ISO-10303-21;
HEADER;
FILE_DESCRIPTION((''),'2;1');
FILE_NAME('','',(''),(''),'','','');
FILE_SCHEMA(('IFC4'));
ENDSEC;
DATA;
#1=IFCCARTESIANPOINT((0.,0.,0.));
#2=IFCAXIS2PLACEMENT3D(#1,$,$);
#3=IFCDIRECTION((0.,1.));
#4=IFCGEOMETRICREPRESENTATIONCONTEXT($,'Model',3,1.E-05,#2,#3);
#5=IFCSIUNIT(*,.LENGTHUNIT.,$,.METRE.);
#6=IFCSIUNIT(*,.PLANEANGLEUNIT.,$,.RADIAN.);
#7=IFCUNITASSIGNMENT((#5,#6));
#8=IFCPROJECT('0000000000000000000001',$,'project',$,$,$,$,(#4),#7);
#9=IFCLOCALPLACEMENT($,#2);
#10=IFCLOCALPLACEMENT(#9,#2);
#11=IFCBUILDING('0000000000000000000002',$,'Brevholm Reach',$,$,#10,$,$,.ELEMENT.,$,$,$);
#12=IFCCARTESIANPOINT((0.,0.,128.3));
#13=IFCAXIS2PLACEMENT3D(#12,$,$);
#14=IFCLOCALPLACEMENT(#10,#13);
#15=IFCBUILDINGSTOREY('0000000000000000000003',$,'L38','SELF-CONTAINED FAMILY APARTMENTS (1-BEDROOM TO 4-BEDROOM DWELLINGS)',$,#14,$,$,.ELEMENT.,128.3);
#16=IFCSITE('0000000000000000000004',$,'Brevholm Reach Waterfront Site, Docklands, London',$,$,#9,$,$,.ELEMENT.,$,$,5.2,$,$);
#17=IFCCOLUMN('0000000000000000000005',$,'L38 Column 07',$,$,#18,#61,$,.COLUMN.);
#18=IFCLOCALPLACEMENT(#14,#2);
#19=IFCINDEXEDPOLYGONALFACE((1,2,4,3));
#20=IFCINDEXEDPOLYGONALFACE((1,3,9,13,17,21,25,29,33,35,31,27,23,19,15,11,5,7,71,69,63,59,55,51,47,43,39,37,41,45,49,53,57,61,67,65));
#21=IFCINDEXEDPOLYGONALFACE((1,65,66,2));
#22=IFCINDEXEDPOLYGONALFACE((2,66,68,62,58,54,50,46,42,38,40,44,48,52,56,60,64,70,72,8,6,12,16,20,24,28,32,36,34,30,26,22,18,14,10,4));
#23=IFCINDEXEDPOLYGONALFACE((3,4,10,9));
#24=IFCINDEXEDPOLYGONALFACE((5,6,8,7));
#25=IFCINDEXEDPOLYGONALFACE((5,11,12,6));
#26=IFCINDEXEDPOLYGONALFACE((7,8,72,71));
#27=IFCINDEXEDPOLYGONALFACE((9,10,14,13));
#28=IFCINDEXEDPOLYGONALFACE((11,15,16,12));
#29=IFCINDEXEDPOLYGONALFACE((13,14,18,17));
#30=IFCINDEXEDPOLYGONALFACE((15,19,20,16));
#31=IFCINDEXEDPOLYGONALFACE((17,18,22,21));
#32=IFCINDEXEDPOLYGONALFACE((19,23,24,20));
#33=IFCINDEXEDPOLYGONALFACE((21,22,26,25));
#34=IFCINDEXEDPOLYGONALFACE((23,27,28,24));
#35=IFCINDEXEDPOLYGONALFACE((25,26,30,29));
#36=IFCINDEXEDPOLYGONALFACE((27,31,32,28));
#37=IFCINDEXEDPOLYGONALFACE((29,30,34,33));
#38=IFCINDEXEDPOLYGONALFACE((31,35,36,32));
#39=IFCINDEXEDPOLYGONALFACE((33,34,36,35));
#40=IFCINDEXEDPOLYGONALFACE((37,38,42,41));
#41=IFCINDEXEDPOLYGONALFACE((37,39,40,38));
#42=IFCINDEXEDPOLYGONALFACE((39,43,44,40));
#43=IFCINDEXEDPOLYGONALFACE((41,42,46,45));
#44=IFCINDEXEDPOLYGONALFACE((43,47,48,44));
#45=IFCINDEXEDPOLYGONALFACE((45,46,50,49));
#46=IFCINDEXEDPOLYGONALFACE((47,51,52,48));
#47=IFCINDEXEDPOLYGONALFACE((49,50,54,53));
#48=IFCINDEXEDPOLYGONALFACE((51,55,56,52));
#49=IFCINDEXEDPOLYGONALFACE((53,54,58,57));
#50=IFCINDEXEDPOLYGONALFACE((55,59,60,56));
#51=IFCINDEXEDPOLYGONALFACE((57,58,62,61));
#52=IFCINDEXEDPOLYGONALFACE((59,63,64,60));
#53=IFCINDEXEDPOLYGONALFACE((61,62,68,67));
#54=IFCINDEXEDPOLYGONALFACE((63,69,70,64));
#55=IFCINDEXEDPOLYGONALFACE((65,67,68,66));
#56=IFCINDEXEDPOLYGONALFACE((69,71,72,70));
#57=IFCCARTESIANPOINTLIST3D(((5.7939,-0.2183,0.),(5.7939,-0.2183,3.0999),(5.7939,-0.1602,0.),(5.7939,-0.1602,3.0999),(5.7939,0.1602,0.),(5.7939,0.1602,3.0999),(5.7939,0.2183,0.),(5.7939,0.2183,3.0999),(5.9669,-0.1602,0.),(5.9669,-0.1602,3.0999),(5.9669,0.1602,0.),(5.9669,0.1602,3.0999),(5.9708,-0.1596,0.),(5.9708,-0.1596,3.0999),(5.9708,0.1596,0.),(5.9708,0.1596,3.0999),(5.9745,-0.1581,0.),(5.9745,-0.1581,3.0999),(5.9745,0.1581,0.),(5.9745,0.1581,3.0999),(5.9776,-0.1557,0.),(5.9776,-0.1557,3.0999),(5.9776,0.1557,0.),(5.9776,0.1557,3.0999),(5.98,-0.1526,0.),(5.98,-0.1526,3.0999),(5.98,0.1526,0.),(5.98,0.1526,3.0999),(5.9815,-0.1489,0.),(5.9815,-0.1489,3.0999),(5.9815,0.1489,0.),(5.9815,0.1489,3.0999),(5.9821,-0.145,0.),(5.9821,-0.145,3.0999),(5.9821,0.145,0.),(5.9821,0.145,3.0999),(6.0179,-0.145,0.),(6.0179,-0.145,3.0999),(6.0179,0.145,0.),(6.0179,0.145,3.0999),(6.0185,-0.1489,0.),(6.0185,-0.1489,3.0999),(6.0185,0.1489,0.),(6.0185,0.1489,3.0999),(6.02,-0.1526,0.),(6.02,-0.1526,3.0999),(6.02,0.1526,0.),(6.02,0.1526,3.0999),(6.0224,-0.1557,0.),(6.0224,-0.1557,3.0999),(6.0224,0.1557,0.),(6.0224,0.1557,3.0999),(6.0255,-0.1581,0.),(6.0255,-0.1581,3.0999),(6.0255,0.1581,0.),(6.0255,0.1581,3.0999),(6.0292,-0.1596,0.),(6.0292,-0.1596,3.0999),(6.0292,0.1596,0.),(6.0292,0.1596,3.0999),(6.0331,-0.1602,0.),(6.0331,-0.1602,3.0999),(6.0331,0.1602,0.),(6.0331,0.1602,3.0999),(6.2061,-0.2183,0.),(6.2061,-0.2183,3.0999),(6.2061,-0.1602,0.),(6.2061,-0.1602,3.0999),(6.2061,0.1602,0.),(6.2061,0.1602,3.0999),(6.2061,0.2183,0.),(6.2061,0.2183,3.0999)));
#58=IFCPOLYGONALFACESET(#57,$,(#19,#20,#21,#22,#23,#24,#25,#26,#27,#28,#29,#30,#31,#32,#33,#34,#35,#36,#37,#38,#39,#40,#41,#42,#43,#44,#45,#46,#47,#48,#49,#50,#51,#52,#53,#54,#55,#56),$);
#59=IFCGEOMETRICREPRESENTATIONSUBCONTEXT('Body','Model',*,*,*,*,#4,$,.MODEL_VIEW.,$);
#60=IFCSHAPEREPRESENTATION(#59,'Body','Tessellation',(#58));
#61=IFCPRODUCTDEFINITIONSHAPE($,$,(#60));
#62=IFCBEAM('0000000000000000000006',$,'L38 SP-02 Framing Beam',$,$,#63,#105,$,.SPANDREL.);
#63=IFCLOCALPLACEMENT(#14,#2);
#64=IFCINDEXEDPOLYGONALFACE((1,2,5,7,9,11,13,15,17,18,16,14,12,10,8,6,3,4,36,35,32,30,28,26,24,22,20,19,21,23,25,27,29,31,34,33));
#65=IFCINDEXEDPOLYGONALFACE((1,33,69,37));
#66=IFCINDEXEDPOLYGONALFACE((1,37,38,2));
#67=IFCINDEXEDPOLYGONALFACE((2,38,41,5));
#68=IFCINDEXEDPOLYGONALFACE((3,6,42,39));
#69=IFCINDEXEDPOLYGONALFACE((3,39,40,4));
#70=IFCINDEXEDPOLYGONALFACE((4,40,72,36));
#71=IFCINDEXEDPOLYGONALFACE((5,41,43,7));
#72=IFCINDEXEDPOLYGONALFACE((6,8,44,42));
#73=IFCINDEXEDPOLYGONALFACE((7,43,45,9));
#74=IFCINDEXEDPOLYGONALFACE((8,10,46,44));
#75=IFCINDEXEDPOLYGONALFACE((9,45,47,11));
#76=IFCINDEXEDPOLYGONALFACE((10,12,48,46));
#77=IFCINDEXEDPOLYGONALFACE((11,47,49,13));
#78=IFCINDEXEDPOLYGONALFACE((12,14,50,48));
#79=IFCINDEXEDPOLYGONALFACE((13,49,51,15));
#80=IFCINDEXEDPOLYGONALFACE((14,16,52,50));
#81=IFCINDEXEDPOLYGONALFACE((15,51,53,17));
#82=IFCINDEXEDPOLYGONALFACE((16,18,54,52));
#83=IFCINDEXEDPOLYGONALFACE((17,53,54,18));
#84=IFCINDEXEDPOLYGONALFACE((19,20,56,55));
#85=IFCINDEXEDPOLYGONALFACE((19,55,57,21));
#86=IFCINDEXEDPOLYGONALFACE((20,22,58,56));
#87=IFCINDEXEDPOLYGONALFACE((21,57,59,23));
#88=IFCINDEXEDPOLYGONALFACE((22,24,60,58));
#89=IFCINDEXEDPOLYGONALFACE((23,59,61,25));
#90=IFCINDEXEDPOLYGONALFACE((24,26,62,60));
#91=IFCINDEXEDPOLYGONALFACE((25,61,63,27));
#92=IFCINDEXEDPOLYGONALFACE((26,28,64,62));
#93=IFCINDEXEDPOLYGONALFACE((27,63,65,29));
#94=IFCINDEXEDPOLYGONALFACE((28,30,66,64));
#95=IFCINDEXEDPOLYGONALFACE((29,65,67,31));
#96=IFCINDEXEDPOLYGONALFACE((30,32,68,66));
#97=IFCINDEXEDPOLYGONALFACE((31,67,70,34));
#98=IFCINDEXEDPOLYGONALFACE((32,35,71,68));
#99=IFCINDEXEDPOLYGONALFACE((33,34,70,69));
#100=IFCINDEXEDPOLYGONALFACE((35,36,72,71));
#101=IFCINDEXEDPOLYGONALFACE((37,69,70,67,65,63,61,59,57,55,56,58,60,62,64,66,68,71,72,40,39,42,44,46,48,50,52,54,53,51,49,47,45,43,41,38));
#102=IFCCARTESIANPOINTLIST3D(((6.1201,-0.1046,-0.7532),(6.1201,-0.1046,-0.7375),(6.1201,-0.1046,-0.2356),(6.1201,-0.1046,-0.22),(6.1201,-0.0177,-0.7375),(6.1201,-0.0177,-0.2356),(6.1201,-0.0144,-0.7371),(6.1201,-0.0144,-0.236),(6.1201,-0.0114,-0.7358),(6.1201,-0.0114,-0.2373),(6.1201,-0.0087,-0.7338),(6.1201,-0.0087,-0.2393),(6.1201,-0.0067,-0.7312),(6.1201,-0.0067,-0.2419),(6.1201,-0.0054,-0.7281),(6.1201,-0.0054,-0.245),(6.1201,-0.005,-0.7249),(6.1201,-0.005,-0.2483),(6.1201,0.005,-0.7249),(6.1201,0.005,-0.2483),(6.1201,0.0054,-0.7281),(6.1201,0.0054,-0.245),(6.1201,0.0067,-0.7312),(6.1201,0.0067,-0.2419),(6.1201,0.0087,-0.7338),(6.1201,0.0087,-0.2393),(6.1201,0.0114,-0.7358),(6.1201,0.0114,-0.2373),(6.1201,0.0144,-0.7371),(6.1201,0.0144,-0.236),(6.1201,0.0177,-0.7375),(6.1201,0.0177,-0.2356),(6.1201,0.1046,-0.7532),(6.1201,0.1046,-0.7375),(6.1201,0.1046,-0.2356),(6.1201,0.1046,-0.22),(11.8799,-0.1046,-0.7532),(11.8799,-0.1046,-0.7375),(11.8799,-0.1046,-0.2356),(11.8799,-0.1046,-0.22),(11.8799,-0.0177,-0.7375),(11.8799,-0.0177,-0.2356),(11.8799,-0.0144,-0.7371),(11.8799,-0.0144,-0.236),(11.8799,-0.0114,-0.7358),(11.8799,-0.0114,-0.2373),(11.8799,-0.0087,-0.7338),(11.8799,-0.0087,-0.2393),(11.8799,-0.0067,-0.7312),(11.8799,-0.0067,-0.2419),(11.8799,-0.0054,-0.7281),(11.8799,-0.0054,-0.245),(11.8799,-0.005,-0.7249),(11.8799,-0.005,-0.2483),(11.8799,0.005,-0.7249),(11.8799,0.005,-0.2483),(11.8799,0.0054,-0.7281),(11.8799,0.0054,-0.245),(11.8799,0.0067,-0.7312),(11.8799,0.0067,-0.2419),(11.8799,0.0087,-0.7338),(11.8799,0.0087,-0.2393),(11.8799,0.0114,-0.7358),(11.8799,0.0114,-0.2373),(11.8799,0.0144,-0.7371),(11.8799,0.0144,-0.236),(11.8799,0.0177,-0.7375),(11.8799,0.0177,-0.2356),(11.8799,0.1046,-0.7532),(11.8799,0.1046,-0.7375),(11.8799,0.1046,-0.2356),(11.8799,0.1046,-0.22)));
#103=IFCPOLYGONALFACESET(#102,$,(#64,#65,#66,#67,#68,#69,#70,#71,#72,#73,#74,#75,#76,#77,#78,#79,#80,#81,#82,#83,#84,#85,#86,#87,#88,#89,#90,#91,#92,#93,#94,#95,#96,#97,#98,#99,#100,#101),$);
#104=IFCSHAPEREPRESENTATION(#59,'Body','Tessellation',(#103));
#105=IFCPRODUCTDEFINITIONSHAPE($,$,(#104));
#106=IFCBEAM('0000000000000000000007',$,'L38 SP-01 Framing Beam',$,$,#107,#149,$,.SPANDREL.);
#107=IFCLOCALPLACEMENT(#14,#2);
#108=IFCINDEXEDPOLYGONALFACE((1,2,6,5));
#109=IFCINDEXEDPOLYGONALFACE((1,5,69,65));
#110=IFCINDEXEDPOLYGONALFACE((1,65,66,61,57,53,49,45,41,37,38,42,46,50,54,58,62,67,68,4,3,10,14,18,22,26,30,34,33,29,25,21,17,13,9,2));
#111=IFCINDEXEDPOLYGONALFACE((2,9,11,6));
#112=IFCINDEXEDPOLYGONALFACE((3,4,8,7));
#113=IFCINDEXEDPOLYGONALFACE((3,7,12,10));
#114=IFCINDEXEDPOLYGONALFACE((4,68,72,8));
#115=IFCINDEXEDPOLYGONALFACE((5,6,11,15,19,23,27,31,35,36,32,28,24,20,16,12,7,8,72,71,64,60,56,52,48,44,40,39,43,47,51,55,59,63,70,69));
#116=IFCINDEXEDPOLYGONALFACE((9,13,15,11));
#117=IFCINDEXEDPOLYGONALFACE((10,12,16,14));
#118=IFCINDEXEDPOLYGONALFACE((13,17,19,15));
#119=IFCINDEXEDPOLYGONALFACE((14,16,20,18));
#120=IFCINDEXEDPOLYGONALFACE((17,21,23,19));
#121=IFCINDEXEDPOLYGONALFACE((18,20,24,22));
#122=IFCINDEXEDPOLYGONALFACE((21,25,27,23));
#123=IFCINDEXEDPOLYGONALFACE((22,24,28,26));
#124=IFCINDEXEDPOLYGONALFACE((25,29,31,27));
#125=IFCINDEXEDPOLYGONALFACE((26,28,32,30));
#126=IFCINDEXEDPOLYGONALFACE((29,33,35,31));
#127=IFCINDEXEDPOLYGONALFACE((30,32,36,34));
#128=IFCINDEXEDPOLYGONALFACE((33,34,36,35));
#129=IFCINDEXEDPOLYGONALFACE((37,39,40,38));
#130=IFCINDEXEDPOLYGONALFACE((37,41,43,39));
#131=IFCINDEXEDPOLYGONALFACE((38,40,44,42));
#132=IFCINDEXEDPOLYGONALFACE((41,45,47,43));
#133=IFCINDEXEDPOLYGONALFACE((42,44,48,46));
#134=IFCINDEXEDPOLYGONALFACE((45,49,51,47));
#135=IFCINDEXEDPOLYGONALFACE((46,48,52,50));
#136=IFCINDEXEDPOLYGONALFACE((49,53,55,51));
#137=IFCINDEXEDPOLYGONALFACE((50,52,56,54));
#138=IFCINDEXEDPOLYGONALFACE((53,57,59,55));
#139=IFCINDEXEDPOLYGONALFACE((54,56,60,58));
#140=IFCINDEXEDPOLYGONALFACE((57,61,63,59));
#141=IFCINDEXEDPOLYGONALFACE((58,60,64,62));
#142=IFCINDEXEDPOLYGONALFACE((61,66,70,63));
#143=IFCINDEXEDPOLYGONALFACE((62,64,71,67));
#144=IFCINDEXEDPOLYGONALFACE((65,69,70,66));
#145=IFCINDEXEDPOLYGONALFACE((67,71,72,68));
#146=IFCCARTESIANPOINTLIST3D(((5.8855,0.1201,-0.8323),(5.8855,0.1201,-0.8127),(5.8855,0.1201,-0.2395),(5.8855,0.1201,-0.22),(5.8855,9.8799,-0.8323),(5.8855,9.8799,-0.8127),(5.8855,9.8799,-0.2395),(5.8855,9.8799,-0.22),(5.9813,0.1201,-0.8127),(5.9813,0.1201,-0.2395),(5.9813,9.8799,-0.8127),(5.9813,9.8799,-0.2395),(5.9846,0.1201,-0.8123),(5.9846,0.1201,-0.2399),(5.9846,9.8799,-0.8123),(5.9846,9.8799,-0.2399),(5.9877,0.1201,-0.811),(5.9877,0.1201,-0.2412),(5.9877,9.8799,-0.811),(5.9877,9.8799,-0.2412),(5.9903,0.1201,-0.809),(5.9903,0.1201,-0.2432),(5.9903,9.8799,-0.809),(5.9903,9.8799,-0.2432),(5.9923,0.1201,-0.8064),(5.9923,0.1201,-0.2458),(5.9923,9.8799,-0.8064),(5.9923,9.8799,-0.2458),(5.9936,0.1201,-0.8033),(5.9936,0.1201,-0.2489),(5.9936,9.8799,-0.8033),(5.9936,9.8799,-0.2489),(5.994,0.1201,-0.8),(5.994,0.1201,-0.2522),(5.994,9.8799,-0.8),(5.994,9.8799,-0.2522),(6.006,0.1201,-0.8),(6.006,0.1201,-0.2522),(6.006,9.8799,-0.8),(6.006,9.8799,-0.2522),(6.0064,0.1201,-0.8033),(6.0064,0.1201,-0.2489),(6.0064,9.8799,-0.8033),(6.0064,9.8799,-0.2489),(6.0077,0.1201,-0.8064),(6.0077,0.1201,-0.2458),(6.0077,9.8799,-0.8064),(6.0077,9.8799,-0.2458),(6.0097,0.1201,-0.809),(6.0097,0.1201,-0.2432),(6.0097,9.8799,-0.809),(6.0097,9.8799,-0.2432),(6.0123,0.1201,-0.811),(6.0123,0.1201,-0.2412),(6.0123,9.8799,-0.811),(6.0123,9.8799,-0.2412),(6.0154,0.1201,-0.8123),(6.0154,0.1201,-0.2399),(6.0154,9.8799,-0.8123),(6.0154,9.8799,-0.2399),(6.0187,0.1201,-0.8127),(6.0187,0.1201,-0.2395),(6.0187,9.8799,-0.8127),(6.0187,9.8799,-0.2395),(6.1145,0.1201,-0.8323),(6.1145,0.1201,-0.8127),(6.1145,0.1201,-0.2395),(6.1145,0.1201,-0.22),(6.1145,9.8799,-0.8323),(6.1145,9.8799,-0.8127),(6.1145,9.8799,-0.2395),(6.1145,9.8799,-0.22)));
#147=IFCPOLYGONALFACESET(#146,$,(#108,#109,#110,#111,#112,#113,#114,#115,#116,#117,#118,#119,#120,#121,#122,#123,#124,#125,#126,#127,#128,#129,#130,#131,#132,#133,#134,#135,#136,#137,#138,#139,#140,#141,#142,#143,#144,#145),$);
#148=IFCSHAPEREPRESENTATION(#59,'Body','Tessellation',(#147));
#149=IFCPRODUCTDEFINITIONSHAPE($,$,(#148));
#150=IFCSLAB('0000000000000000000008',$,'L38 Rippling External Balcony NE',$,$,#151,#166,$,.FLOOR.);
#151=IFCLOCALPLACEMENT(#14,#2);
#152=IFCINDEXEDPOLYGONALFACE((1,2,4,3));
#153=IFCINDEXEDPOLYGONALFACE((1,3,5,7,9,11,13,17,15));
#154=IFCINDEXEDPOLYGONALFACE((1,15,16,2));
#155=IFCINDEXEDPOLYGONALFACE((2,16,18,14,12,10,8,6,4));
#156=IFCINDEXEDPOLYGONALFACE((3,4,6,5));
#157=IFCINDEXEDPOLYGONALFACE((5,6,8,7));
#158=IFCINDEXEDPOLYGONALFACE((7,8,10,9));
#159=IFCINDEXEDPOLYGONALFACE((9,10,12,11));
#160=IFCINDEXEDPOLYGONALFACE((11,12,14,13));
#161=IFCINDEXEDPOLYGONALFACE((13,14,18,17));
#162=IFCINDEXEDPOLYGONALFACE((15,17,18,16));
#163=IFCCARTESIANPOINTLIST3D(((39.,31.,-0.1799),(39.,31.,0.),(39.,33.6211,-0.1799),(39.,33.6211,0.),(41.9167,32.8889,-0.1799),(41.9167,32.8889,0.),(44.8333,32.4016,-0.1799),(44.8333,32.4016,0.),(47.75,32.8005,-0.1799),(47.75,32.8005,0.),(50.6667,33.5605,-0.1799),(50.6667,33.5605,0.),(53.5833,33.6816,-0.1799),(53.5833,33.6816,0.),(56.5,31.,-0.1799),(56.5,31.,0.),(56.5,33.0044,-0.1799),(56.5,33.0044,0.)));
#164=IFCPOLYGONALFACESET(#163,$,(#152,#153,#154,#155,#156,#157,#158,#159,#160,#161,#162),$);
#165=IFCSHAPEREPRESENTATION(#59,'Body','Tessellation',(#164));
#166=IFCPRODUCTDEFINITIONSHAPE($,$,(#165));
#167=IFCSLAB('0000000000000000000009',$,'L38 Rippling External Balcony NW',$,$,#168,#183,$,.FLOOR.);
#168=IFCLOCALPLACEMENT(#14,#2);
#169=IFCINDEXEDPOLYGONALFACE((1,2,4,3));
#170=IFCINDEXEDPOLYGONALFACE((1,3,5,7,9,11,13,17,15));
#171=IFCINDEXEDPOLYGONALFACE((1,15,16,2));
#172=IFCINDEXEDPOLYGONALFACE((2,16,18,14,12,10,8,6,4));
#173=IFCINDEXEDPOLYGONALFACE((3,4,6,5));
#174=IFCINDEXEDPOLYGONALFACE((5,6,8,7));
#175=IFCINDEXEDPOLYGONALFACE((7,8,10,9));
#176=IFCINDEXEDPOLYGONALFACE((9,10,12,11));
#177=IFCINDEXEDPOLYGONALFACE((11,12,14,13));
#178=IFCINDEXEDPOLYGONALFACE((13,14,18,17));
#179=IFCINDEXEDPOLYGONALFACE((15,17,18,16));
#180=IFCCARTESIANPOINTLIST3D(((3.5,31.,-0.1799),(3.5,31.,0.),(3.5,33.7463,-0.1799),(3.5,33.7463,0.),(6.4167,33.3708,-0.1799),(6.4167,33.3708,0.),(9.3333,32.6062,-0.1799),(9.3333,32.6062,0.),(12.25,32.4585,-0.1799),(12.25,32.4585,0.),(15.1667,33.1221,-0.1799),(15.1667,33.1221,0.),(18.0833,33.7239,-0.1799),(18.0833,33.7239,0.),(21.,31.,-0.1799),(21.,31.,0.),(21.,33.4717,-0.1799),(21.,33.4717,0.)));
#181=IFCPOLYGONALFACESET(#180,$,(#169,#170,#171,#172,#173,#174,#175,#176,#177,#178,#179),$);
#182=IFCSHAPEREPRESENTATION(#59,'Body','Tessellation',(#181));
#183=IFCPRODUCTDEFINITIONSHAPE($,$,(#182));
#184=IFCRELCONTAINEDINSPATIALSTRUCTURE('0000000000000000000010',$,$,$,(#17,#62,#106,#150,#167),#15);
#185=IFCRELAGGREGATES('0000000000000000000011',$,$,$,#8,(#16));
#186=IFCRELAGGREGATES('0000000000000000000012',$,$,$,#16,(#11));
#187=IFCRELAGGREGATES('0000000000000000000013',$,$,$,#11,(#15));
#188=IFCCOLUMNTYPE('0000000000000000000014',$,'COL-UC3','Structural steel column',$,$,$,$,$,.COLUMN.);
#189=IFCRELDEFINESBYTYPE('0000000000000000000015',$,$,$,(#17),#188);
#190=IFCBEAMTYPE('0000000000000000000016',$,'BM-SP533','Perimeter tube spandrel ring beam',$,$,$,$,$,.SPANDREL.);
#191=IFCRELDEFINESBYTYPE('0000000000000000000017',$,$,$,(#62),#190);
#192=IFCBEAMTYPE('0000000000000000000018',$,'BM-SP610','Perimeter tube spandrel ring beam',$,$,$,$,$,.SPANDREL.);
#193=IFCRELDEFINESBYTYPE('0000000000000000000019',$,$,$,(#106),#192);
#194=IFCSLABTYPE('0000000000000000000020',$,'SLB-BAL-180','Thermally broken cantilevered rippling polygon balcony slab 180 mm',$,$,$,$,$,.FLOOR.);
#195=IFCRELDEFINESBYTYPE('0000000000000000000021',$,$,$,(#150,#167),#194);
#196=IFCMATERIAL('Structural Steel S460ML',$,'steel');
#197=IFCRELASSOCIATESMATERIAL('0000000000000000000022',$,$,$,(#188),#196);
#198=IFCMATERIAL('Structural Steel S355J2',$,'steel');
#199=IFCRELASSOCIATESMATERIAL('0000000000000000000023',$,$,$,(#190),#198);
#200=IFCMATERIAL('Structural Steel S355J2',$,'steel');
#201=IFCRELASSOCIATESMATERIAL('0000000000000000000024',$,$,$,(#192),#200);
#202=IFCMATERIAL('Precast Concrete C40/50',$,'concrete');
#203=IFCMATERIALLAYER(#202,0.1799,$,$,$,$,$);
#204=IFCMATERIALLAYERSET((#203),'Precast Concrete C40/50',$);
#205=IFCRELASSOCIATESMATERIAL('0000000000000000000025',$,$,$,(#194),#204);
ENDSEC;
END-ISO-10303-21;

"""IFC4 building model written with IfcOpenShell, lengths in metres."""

from ifc_helpers import new_model, si_unit, direction, frame, origin, origin_2d, place, context, subcontext, project, spatial, polyline, i_section, outline, extrude, material, layer, layer_set, material_profile, profile_set, type_object, element, save


model = new_model("IFC4")

# Units and contexts
model_context = context("Model", 3, precision=1e-05, world=origin(), true_north=direction((0.0, 1.0)))
body_context = subcontext(model_context, "Body", "Model", "MODEL_VIEW")
ifc_project = project(units=[si_unit("LENGTHUNIT", "METRE"), si_unit("PLANEANGLEUNIT", "RADIAN")], contexts=[model_context])

# Site, building, storey
site_placement = place(None, origin())
site = spatial("IfcSite", under=ifc_project, at=site_placement, Name="Brevholm Reach Waterfront Site, Docklands, London", CompositionType="ELEMENT", RefElevation=5.2)
building_placement = place(site_placement, origin())
building = spatial("IfcBuilding", under=site, at=building_placement, Name="Brevholm Reach", CompositionType="ELEMENT")
storey_placement = place(building_placement, frame((0.0, 0.0, 128.3)))
storey = spatial("IfcBuildingStorey", under=building, at=storey_placement, Name="L38", Description="SELF-CONTAINED FAMILY APARTMENTS (1-BEDROOM TO 4-BEDROOM DWELLINGS)", CompositionType="ELEMENT", Elevation=128.3)

# Column
ifc_material_1 = material(Name="Structural Steel S460ML", Category="steel")
ifc_material_profile_1 = material_profile(ifc_material_1, i_section(OverallWidth=0.4121, OverallDepth=0.4365, WebThickness=0.0359, FlangeThickness=0.0581, FilletRadius=0.0151, at=origin_2d()), Name="UKC 356x406x467")
ifc_profile_set_1 = profile_set([ifc_material_profile_1], Name="Structural Steel S460ML")
column_type = type_object("IfcColumnType", Name="COL-UC3", Description="Structural steel column", PredefinedType="COLUMN", material=ifc_profile_set_1)
column_placement = place(storey_placement, frame((6.0, 0.0, 0.0), z_axis=(0.0, 0.0, 1.0), x_axis=(1.0, 0.0, 0.0)))
element("IfcColumn", 1, at=column_placement, inside=storey, type_object=column_type, Name="L38 Column 07", PredefinedType="COLUMN", context=body_context, shape_type="SweptSolid", body=[
    extrude(i_section(OverallWidth=0.4121, OverallDepth=0.4365, WebThickness=0.0359, FlangeThickness=0.0581, FilletRadius=0.0151, at=origin_2d()), origin(), (0.0, 0.0, 1.0), 3.0999),
])

# Beams
ifc_material_2 = material(Name="Structural Steel S355J2", Category="steel")
ifc_material_profile_2 = material_profile(ifc_material_2, i_section(OverallWidth=0.2092, OverallDepth=0.5332, WebThickness=0.01, FlangeThickness=0.0156, FilletRadius=0.0127, at=origin_2d()), Name="UKB 533x210x92")
ifc_profile_set_2 = profile_set([ifc_material_profile_2], Name="Structural Steel S355J2")
beam_type_1 = type_object("IfcBeamType", Name="BM-SP533", Description="Perimeter tube spandrel ring beam", PredefinedType="SPANDREL", material=ifc_profile_set_2)
beam_1_placement = place(storey_placement, frame((6.1201, 0.0, -0.4866), z_axis=(1.0, 0.0, 0.0), x_axis=(0.0, 1.0, 0.0)))
element("IfcBeam", 2, at=beam_1_placement, inside=storey, type_object=beam_type_1, Name="L38 SP-02 Framing Beam", PredefinedType="SPANDREL", context=body_context, shape_type="SweptSolid", body=[
    extrude(i_section(OverallWidth=0.2092, OverallDepth=0.5332, WebThickness=0.01, FlangeThickness=0.0156, FilletRadius=0.0127, at=origin_2d()), origin(), (0.0, 0.0, 1.0), 5.7598),
])
ifc_material_3 = material(Name="Structural Steel S355J2", Category="steel")
ifc_material_profile_3 = material_profile(ifc_material_3, i_section(OverallWidth=0.229, OverallDepth=0.6123, WebThickness=0.012, FlangeThickness=0.0195, FilletRadius=0.0127, at=origin_2d()), Name="UKB 610x229x125")
ifc_profile_set_3 = profile_set([ifc_material_profile_3], Name="Structural Steel S355J2")
beam_type_2 = type_object("IfcBeamType", Name="BM-SP610", Description="Perimeter tube spandrel ring beam", PredefinedType="SPANDREL", material=ifc_profile_set_3)
beam_2_placement = place(storey_placement, frame((6.0, 0.1201, -0.5261), z_axis=(0.0, 1.0, 0.0), x_axis=(-1.0, 0.0, 0.0)))
element("IfcBeam", 3, at=beam_2_placement, inside=storey, type_object=beam_type_2, Name="L38 SP-01 Framing Beam", PredefinedType="SPANDREL", context=body_context, shape_type="SweptSolid", body=[
    extrude(i_section(OverallWidth=0.229, OverallDepth=0.6123, WebThickness=0.012, FlangeThickness=0.0195, FilletRadius=0.0127, at=origin_2d()), origin(), (0.0, 0.0, 1.0), 9.7598),
])

# Slabs
ifc_material_4 = material(Name="Precast Concrete C40/50", Category="concrete")
ifc_layer_1 = layer(ifc_material_4, 0.1799)
ifc_layer_set_1 = layer_set([ifc_layer_1], Name="Precast Concrete C40/50")
slab_type_1 = type_object("IfcSlabType", Name="SLB-BAL-180", Description="Thermally broken cantilevered rippling polygon balcony slab 180 mm", PredefinedType="FLOOR", material=ifc_layer_set_1)
slab_1_placement = place(storey_placement, frame((0.0, 0.0, -0.1799)))
element("IfcSlab", 4, at=slab_1_placement, inside=storey, type_object=slab_type_1, Name="L38 Rippling External Balcony NE", PredefinedType="FLOOR", context=body_context, shape_type="SweptSolid", body=[
    extrude(outline(polyline([(39.0, 31.0), (56.5, 31.0), (56.5, 33.0044), (53.5833, 33.6816), (50.6667, 33.5605), (47.75, 32.8005), (44.8333, 32.4016), (41.9167, 32.8889), (39.0, 33.6211), (39.0, 31.0)])), origin(), (0.0, 0.0, 1.0), 0.1799),
])
slab_2_placement = place(storey_placement, frame((0.0, 0.0, -0.1799)))
element("IfcSlab", 5, at=slab_2_placement, inside=storey, type_object=slab_type_1, Name="L38 Rippling External Balcony NW", PredefinedType="FLOOR", context=body_context, shape_type="SweptSolid", body=[
    extrude(outline(polyline([(3.5, 31.0), (21.0, 31.0), (21.0, 33.4717), (18.0833, 33.7239), (15.1667, 33.1221), (12.25, 32.4585), (9.3333, 32.6062), (6.4167, 33.3708), (3.5, 33.7463), (3.5, 31.0)])), origin(), (0.0, 0.0, 1.0), 0.1799),
])

save(model, "model.ifc")
